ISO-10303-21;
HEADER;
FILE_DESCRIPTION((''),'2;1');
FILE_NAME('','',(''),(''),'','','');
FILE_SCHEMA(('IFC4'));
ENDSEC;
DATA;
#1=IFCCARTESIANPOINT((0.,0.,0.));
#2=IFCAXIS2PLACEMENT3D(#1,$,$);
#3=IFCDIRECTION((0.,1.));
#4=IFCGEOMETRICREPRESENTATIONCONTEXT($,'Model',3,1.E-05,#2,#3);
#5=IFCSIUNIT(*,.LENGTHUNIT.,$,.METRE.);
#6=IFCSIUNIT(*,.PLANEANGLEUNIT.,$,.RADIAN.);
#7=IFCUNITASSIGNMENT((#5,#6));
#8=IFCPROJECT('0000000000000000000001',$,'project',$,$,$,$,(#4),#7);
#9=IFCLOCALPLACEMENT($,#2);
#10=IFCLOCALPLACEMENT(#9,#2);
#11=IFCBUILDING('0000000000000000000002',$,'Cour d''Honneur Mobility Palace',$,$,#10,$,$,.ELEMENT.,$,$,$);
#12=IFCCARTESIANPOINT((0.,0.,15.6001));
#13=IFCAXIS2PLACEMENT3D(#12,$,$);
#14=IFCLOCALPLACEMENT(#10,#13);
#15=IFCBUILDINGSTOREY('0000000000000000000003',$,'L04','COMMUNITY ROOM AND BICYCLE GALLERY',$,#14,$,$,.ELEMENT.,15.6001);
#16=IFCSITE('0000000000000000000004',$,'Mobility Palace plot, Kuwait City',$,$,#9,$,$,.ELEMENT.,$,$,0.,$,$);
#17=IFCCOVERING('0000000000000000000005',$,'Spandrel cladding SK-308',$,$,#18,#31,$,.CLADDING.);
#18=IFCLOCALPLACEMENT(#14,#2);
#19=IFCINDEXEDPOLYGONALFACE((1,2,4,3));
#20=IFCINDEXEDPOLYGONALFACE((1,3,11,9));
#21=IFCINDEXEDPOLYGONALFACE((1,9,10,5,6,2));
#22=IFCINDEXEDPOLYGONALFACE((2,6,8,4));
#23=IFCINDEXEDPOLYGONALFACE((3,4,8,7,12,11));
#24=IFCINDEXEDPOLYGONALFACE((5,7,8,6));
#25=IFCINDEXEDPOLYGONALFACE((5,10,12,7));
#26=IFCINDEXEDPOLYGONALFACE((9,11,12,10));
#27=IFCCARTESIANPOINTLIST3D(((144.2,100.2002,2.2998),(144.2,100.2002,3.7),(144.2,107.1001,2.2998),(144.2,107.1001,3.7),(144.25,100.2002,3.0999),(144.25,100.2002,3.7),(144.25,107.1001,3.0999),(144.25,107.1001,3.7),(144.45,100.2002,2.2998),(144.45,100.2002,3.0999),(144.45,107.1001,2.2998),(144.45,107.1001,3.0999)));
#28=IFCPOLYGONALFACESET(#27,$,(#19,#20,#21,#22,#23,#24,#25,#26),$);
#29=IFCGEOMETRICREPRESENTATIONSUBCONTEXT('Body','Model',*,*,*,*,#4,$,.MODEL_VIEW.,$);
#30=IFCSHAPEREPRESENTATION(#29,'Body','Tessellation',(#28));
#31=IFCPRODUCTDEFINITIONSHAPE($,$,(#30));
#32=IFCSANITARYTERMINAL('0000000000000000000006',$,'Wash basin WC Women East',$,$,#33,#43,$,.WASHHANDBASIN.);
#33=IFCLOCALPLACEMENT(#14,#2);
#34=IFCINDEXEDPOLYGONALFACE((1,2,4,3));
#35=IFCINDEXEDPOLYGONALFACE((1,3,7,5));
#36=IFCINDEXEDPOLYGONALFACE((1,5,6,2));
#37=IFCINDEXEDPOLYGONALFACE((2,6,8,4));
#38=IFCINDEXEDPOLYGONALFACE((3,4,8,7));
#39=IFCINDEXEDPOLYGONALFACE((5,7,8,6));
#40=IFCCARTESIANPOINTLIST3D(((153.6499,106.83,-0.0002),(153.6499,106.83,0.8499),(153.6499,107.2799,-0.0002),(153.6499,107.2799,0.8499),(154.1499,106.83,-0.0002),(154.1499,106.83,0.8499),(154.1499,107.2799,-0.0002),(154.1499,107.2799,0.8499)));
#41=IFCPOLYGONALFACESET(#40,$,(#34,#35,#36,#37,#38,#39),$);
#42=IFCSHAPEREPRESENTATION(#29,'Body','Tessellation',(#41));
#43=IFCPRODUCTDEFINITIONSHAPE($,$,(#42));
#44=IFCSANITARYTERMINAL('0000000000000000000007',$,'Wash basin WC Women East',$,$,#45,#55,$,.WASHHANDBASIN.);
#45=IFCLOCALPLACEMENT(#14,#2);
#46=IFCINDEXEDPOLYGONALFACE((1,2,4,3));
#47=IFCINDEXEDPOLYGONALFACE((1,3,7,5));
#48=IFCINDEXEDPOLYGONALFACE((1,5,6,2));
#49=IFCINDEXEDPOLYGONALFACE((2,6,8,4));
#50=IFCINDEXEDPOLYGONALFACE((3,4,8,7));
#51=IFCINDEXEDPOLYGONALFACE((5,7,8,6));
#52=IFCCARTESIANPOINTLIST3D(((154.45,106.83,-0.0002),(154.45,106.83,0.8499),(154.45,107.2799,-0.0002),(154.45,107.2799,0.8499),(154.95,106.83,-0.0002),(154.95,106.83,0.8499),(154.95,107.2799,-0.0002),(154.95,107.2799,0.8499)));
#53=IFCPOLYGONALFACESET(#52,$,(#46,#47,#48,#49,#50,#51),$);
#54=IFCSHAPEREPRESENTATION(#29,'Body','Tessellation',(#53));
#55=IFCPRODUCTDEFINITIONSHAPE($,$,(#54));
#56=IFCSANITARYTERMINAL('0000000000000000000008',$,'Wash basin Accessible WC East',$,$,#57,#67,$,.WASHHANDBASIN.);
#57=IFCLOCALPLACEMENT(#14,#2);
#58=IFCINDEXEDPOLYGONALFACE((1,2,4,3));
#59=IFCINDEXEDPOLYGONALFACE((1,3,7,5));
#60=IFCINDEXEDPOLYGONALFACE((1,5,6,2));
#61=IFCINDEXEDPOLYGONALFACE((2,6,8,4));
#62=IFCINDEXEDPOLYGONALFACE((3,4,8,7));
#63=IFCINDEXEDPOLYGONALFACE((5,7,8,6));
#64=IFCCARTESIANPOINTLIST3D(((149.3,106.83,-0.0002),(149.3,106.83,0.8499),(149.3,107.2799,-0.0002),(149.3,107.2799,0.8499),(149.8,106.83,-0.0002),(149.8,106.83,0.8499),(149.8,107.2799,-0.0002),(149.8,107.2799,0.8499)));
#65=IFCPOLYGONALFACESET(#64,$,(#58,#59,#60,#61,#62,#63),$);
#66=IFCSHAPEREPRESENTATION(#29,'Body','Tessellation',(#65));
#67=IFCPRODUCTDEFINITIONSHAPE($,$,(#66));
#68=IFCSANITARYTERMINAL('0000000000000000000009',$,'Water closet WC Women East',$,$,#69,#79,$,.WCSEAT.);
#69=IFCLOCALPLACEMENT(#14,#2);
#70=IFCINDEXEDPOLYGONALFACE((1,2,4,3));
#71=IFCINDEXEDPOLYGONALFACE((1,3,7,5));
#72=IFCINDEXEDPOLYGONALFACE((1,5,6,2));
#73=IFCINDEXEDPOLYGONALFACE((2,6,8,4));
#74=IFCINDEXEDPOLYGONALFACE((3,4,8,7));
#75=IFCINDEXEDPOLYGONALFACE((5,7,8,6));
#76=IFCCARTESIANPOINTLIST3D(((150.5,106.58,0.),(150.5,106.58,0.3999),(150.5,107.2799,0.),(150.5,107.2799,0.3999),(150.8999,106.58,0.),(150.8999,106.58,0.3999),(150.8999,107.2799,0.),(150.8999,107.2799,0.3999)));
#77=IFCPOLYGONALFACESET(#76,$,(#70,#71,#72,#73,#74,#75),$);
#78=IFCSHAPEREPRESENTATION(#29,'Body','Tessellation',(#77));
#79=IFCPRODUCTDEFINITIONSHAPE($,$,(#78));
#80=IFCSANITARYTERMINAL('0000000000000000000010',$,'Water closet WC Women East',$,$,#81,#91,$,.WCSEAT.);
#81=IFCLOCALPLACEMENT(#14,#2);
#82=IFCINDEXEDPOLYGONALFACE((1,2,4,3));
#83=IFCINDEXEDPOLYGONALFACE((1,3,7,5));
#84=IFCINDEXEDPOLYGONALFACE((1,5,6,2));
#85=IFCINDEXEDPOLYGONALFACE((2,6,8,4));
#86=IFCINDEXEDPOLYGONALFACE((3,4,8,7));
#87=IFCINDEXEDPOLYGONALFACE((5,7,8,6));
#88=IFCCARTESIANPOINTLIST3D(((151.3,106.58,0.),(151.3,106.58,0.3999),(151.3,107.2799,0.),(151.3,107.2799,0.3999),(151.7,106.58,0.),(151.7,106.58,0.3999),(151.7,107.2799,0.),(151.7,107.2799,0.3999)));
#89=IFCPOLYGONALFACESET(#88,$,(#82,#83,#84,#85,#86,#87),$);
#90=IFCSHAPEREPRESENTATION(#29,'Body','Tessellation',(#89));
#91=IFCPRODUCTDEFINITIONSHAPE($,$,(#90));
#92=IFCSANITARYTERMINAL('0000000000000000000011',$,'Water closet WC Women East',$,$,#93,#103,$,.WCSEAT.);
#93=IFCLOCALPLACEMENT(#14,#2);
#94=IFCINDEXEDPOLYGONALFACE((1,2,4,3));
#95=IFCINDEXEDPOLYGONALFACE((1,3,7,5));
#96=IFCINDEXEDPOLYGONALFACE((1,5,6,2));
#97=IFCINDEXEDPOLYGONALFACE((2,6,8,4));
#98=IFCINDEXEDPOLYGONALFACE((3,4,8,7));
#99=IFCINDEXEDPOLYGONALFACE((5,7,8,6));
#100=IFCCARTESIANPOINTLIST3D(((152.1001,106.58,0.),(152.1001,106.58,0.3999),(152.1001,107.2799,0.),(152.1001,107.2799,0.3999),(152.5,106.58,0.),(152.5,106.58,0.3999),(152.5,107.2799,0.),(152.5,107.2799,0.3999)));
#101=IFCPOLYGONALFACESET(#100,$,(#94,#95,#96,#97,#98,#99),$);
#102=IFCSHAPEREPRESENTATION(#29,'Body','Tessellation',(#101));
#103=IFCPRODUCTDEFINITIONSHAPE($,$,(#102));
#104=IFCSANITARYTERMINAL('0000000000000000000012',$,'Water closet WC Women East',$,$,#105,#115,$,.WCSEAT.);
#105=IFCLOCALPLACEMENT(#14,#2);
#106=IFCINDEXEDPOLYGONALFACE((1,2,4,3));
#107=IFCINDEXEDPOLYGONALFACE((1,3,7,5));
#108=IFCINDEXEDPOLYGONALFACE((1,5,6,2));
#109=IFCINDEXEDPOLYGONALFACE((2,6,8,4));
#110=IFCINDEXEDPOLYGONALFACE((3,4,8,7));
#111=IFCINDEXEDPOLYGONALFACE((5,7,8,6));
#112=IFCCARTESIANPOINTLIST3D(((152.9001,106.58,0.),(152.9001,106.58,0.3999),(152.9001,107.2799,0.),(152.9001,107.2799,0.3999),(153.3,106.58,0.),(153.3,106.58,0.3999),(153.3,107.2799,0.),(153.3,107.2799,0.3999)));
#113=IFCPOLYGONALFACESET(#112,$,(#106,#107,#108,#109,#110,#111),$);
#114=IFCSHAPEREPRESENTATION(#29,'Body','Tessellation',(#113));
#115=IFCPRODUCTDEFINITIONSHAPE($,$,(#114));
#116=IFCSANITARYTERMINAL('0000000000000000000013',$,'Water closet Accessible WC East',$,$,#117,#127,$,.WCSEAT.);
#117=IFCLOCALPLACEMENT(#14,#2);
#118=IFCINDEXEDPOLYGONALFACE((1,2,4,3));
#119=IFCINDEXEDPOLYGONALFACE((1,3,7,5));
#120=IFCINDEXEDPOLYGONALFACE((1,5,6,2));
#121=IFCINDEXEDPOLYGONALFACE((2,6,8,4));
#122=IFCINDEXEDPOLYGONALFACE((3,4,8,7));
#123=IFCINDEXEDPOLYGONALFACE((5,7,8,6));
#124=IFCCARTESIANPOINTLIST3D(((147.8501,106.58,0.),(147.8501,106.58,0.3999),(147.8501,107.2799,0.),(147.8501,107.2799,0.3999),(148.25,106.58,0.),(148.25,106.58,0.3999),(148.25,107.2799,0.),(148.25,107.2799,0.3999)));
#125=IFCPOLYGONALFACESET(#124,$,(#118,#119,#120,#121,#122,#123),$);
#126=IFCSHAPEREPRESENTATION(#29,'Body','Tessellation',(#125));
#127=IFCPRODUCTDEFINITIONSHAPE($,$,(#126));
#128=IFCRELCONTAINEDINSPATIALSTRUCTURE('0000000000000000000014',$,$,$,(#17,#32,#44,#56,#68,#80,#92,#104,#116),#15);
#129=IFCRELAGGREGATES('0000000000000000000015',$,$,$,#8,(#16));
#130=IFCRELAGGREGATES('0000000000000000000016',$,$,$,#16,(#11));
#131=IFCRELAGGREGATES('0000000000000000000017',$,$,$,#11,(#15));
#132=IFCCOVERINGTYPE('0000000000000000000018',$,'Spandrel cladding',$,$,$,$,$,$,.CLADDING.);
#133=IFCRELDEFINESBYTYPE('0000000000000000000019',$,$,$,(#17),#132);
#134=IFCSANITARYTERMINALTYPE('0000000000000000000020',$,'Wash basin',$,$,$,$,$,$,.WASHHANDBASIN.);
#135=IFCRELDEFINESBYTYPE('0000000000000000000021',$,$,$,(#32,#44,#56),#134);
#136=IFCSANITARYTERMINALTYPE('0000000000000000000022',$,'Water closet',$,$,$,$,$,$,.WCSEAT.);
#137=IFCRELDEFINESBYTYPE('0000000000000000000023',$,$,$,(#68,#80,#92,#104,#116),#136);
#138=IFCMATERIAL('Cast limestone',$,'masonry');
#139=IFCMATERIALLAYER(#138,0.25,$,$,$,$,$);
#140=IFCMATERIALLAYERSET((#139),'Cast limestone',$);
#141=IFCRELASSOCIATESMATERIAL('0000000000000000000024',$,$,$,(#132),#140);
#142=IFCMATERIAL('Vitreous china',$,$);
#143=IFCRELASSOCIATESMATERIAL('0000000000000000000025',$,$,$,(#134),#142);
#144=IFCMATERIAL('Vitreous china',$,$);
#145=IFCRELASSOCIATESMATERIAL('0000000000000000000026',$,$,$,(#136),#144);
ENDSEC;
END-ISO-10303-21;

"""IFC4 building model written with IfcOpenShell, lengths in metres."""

from ifc_helpers import new_model, si_unit, direction, frame, origin, origin_2d, place, context, subcontext, project, spatial, polyline, rectangle, outline, extrude, material, layer, layer_set, type_object, element, save


model = new_model("IFC4")

# Units and contexts
model_context = context("Model", 3, precision=1e-05, world=origin(), true_north=direction((0.0, 1.0)))
body_context = subcontext(model_context, "Body", "Model", "MODEL_VIEW")
ifc_project = project(units=[si_unit("LENGTHUNIT", "METRE"), si_unit("PLANEANGLEUNIT", "RADIAN")], contexts=[model_context])

# Site, building, storey
site_placement = place(None, origin())
site = spatial("IfcSite", under=ifc_project, at=site_placement, Name="Mobility Palace plot, Kuwait City", CompositionType="ELEMENT", RefElevation=0.0)
building_placement = place(site_placement, origin())
building = spatial("IfcBuilding", under=site, at=building_placement, Name="Cour d'Honneur Mobility Palace", CompositionType="ELEMENT")
storey_placement = place(building_placement, frame((0.0, 0.0, 15.6001)))
storey = spatial("IfcBuildingStorey", under=building, at=storey_placement, Name="L04", Description="COMMUNITY ROOM AND BICYCLE GALLERY", CompositionType="ELEMENT", Elevation=15.6001)

# Covering
ifc_material_1 = material(Name="Cast limestone", Category="masonry")
ifc_layer_1 = layer(ifc_material_1, 0.25)
ifc_layer_set_1 = layer_set([ifc_layer_1], Name="Cast limestone")
covering_type = type_object("IfcCoveringType", Name="Spandrel cladding", PredefinedType="CLADDING", material=ifc_layer_set_1)
covering_placement = place(storey_placement, frame((144.45, 107.1001, 2.2998), z_axis=(0.0, 1.0, 0.0), x_axis=(-1.0, 0.0, 0.0)))
element("IfcCovering", 1, at=covering_placement, inside=storey, type_object=covering_type, Name="Spandrel cladding SK-308", PredefinedType="CLADDING", context=body_context, shape_type="SweptSolid", body=[
    extrude(outline(polyline([(0.0, 0.0), (0.25, 0.0), (0.25, 1.4001), (0.2, 1.4001), (0.2, 0.8), (0.0, 0.8), (0.0, 0.0)])), origin(), (0.0, 0.0, -1.0), 6.8999),
])

# Sanitary terminals
ifc_material_2 = material(Name="Vitreous china")
sanitary_terminal_type_1 = type_object("IfcSanitaryTerminalType", Name="Wash basin", PredefinedType="WASHHANDBASIN", material=ifc_material_2)
for number, where, z_axis, x_axis, name in (
    (2, (153.8999, 107.0549, -0.0002), (0.0, 0.0, 1.0), (1.0, 0.0, 0.0), "Wash basin WC Women East"),
    (3, (154.7, 107.0549, -0.0002), (0.0, 0.0, 1.0), (1.0, 0.0, 0.0), "Wash basin WC Women East"),
    (4, (149.55, 107.0549, -0.0002), (0.0, 0.0, 1.0), (1.0, 0.0, 0.0), "Wash basin Accessible WC East"),
):
    element("IfcSanitaryTerminal", number, at=place(storey_placement, frame(where, z_axis=z_axis, x_axis=x_axis)), inside=storey, type_object=sanitary_terminal_type_1, Name=name, PredefinedType="WASHHANDBASIN", context=body_context, shape_type="SweptSolid", body=[
        extrude(rectangle(XDim=0.5, YDim=0.45, at=origin_2d()), origin(), (0.0, 0.0, 1.0), 0.8501),
    ])
ifc_material_3 = material(Name="Vitreous china")
sanitary_terminal_type_2 = type_object("IfcSanitaryTerminalType", Name="Water closet", PredefinedType="WCSEAT", material=ifc_material_3)
for number, where, z_axis, x_axis, name in (
    (5, (150.7, 106.9299, 0.0), (0.0, 0.0, 1.0), (1.0, 0.0, 0.0), "Water closet WC Women East"),
    (6, (151.5, 106.9299, 0.0), (0.0, 0.0, 1.0), (1.0, 0.0, 0.0), "Water closet WC Women East"),
    (7, (152.3, 106.9299, 0.0), (0.0, 0.0, 1.0), (1.0, 0.0, 0.0), "Water closet WC Women East"),
    (8, (153.1001, 106.9299, 0.0), (0.0, 0.0, 1.0), (1.0, 0.0, 0.0), "Water closet WC Women East"),
    (9, (148.05, 106.9299, 0.0), (0.0, 0.0, 1.0), (1.0, 0.0, 0.0), "Water closet Accessible WC East"),
):
    element("IfcSanitaryTerminal", number, at=place(storey_placement, frame(where, z_axis=z_axis, x_axis=x_axis)), inside=storey, type_object=sanitary_terminal_type_2, Name=name, PredefinedType="WCSEAT", context=body_context, shape_type="SweptSolid", body=[
        extrude(rectangle(XDim=0.3999, YDim=0.7, at=origin_2d()), origin(), (0.0, 0.0, 1.0), 0.3999),
    ])

save(model, "model.ifc")
